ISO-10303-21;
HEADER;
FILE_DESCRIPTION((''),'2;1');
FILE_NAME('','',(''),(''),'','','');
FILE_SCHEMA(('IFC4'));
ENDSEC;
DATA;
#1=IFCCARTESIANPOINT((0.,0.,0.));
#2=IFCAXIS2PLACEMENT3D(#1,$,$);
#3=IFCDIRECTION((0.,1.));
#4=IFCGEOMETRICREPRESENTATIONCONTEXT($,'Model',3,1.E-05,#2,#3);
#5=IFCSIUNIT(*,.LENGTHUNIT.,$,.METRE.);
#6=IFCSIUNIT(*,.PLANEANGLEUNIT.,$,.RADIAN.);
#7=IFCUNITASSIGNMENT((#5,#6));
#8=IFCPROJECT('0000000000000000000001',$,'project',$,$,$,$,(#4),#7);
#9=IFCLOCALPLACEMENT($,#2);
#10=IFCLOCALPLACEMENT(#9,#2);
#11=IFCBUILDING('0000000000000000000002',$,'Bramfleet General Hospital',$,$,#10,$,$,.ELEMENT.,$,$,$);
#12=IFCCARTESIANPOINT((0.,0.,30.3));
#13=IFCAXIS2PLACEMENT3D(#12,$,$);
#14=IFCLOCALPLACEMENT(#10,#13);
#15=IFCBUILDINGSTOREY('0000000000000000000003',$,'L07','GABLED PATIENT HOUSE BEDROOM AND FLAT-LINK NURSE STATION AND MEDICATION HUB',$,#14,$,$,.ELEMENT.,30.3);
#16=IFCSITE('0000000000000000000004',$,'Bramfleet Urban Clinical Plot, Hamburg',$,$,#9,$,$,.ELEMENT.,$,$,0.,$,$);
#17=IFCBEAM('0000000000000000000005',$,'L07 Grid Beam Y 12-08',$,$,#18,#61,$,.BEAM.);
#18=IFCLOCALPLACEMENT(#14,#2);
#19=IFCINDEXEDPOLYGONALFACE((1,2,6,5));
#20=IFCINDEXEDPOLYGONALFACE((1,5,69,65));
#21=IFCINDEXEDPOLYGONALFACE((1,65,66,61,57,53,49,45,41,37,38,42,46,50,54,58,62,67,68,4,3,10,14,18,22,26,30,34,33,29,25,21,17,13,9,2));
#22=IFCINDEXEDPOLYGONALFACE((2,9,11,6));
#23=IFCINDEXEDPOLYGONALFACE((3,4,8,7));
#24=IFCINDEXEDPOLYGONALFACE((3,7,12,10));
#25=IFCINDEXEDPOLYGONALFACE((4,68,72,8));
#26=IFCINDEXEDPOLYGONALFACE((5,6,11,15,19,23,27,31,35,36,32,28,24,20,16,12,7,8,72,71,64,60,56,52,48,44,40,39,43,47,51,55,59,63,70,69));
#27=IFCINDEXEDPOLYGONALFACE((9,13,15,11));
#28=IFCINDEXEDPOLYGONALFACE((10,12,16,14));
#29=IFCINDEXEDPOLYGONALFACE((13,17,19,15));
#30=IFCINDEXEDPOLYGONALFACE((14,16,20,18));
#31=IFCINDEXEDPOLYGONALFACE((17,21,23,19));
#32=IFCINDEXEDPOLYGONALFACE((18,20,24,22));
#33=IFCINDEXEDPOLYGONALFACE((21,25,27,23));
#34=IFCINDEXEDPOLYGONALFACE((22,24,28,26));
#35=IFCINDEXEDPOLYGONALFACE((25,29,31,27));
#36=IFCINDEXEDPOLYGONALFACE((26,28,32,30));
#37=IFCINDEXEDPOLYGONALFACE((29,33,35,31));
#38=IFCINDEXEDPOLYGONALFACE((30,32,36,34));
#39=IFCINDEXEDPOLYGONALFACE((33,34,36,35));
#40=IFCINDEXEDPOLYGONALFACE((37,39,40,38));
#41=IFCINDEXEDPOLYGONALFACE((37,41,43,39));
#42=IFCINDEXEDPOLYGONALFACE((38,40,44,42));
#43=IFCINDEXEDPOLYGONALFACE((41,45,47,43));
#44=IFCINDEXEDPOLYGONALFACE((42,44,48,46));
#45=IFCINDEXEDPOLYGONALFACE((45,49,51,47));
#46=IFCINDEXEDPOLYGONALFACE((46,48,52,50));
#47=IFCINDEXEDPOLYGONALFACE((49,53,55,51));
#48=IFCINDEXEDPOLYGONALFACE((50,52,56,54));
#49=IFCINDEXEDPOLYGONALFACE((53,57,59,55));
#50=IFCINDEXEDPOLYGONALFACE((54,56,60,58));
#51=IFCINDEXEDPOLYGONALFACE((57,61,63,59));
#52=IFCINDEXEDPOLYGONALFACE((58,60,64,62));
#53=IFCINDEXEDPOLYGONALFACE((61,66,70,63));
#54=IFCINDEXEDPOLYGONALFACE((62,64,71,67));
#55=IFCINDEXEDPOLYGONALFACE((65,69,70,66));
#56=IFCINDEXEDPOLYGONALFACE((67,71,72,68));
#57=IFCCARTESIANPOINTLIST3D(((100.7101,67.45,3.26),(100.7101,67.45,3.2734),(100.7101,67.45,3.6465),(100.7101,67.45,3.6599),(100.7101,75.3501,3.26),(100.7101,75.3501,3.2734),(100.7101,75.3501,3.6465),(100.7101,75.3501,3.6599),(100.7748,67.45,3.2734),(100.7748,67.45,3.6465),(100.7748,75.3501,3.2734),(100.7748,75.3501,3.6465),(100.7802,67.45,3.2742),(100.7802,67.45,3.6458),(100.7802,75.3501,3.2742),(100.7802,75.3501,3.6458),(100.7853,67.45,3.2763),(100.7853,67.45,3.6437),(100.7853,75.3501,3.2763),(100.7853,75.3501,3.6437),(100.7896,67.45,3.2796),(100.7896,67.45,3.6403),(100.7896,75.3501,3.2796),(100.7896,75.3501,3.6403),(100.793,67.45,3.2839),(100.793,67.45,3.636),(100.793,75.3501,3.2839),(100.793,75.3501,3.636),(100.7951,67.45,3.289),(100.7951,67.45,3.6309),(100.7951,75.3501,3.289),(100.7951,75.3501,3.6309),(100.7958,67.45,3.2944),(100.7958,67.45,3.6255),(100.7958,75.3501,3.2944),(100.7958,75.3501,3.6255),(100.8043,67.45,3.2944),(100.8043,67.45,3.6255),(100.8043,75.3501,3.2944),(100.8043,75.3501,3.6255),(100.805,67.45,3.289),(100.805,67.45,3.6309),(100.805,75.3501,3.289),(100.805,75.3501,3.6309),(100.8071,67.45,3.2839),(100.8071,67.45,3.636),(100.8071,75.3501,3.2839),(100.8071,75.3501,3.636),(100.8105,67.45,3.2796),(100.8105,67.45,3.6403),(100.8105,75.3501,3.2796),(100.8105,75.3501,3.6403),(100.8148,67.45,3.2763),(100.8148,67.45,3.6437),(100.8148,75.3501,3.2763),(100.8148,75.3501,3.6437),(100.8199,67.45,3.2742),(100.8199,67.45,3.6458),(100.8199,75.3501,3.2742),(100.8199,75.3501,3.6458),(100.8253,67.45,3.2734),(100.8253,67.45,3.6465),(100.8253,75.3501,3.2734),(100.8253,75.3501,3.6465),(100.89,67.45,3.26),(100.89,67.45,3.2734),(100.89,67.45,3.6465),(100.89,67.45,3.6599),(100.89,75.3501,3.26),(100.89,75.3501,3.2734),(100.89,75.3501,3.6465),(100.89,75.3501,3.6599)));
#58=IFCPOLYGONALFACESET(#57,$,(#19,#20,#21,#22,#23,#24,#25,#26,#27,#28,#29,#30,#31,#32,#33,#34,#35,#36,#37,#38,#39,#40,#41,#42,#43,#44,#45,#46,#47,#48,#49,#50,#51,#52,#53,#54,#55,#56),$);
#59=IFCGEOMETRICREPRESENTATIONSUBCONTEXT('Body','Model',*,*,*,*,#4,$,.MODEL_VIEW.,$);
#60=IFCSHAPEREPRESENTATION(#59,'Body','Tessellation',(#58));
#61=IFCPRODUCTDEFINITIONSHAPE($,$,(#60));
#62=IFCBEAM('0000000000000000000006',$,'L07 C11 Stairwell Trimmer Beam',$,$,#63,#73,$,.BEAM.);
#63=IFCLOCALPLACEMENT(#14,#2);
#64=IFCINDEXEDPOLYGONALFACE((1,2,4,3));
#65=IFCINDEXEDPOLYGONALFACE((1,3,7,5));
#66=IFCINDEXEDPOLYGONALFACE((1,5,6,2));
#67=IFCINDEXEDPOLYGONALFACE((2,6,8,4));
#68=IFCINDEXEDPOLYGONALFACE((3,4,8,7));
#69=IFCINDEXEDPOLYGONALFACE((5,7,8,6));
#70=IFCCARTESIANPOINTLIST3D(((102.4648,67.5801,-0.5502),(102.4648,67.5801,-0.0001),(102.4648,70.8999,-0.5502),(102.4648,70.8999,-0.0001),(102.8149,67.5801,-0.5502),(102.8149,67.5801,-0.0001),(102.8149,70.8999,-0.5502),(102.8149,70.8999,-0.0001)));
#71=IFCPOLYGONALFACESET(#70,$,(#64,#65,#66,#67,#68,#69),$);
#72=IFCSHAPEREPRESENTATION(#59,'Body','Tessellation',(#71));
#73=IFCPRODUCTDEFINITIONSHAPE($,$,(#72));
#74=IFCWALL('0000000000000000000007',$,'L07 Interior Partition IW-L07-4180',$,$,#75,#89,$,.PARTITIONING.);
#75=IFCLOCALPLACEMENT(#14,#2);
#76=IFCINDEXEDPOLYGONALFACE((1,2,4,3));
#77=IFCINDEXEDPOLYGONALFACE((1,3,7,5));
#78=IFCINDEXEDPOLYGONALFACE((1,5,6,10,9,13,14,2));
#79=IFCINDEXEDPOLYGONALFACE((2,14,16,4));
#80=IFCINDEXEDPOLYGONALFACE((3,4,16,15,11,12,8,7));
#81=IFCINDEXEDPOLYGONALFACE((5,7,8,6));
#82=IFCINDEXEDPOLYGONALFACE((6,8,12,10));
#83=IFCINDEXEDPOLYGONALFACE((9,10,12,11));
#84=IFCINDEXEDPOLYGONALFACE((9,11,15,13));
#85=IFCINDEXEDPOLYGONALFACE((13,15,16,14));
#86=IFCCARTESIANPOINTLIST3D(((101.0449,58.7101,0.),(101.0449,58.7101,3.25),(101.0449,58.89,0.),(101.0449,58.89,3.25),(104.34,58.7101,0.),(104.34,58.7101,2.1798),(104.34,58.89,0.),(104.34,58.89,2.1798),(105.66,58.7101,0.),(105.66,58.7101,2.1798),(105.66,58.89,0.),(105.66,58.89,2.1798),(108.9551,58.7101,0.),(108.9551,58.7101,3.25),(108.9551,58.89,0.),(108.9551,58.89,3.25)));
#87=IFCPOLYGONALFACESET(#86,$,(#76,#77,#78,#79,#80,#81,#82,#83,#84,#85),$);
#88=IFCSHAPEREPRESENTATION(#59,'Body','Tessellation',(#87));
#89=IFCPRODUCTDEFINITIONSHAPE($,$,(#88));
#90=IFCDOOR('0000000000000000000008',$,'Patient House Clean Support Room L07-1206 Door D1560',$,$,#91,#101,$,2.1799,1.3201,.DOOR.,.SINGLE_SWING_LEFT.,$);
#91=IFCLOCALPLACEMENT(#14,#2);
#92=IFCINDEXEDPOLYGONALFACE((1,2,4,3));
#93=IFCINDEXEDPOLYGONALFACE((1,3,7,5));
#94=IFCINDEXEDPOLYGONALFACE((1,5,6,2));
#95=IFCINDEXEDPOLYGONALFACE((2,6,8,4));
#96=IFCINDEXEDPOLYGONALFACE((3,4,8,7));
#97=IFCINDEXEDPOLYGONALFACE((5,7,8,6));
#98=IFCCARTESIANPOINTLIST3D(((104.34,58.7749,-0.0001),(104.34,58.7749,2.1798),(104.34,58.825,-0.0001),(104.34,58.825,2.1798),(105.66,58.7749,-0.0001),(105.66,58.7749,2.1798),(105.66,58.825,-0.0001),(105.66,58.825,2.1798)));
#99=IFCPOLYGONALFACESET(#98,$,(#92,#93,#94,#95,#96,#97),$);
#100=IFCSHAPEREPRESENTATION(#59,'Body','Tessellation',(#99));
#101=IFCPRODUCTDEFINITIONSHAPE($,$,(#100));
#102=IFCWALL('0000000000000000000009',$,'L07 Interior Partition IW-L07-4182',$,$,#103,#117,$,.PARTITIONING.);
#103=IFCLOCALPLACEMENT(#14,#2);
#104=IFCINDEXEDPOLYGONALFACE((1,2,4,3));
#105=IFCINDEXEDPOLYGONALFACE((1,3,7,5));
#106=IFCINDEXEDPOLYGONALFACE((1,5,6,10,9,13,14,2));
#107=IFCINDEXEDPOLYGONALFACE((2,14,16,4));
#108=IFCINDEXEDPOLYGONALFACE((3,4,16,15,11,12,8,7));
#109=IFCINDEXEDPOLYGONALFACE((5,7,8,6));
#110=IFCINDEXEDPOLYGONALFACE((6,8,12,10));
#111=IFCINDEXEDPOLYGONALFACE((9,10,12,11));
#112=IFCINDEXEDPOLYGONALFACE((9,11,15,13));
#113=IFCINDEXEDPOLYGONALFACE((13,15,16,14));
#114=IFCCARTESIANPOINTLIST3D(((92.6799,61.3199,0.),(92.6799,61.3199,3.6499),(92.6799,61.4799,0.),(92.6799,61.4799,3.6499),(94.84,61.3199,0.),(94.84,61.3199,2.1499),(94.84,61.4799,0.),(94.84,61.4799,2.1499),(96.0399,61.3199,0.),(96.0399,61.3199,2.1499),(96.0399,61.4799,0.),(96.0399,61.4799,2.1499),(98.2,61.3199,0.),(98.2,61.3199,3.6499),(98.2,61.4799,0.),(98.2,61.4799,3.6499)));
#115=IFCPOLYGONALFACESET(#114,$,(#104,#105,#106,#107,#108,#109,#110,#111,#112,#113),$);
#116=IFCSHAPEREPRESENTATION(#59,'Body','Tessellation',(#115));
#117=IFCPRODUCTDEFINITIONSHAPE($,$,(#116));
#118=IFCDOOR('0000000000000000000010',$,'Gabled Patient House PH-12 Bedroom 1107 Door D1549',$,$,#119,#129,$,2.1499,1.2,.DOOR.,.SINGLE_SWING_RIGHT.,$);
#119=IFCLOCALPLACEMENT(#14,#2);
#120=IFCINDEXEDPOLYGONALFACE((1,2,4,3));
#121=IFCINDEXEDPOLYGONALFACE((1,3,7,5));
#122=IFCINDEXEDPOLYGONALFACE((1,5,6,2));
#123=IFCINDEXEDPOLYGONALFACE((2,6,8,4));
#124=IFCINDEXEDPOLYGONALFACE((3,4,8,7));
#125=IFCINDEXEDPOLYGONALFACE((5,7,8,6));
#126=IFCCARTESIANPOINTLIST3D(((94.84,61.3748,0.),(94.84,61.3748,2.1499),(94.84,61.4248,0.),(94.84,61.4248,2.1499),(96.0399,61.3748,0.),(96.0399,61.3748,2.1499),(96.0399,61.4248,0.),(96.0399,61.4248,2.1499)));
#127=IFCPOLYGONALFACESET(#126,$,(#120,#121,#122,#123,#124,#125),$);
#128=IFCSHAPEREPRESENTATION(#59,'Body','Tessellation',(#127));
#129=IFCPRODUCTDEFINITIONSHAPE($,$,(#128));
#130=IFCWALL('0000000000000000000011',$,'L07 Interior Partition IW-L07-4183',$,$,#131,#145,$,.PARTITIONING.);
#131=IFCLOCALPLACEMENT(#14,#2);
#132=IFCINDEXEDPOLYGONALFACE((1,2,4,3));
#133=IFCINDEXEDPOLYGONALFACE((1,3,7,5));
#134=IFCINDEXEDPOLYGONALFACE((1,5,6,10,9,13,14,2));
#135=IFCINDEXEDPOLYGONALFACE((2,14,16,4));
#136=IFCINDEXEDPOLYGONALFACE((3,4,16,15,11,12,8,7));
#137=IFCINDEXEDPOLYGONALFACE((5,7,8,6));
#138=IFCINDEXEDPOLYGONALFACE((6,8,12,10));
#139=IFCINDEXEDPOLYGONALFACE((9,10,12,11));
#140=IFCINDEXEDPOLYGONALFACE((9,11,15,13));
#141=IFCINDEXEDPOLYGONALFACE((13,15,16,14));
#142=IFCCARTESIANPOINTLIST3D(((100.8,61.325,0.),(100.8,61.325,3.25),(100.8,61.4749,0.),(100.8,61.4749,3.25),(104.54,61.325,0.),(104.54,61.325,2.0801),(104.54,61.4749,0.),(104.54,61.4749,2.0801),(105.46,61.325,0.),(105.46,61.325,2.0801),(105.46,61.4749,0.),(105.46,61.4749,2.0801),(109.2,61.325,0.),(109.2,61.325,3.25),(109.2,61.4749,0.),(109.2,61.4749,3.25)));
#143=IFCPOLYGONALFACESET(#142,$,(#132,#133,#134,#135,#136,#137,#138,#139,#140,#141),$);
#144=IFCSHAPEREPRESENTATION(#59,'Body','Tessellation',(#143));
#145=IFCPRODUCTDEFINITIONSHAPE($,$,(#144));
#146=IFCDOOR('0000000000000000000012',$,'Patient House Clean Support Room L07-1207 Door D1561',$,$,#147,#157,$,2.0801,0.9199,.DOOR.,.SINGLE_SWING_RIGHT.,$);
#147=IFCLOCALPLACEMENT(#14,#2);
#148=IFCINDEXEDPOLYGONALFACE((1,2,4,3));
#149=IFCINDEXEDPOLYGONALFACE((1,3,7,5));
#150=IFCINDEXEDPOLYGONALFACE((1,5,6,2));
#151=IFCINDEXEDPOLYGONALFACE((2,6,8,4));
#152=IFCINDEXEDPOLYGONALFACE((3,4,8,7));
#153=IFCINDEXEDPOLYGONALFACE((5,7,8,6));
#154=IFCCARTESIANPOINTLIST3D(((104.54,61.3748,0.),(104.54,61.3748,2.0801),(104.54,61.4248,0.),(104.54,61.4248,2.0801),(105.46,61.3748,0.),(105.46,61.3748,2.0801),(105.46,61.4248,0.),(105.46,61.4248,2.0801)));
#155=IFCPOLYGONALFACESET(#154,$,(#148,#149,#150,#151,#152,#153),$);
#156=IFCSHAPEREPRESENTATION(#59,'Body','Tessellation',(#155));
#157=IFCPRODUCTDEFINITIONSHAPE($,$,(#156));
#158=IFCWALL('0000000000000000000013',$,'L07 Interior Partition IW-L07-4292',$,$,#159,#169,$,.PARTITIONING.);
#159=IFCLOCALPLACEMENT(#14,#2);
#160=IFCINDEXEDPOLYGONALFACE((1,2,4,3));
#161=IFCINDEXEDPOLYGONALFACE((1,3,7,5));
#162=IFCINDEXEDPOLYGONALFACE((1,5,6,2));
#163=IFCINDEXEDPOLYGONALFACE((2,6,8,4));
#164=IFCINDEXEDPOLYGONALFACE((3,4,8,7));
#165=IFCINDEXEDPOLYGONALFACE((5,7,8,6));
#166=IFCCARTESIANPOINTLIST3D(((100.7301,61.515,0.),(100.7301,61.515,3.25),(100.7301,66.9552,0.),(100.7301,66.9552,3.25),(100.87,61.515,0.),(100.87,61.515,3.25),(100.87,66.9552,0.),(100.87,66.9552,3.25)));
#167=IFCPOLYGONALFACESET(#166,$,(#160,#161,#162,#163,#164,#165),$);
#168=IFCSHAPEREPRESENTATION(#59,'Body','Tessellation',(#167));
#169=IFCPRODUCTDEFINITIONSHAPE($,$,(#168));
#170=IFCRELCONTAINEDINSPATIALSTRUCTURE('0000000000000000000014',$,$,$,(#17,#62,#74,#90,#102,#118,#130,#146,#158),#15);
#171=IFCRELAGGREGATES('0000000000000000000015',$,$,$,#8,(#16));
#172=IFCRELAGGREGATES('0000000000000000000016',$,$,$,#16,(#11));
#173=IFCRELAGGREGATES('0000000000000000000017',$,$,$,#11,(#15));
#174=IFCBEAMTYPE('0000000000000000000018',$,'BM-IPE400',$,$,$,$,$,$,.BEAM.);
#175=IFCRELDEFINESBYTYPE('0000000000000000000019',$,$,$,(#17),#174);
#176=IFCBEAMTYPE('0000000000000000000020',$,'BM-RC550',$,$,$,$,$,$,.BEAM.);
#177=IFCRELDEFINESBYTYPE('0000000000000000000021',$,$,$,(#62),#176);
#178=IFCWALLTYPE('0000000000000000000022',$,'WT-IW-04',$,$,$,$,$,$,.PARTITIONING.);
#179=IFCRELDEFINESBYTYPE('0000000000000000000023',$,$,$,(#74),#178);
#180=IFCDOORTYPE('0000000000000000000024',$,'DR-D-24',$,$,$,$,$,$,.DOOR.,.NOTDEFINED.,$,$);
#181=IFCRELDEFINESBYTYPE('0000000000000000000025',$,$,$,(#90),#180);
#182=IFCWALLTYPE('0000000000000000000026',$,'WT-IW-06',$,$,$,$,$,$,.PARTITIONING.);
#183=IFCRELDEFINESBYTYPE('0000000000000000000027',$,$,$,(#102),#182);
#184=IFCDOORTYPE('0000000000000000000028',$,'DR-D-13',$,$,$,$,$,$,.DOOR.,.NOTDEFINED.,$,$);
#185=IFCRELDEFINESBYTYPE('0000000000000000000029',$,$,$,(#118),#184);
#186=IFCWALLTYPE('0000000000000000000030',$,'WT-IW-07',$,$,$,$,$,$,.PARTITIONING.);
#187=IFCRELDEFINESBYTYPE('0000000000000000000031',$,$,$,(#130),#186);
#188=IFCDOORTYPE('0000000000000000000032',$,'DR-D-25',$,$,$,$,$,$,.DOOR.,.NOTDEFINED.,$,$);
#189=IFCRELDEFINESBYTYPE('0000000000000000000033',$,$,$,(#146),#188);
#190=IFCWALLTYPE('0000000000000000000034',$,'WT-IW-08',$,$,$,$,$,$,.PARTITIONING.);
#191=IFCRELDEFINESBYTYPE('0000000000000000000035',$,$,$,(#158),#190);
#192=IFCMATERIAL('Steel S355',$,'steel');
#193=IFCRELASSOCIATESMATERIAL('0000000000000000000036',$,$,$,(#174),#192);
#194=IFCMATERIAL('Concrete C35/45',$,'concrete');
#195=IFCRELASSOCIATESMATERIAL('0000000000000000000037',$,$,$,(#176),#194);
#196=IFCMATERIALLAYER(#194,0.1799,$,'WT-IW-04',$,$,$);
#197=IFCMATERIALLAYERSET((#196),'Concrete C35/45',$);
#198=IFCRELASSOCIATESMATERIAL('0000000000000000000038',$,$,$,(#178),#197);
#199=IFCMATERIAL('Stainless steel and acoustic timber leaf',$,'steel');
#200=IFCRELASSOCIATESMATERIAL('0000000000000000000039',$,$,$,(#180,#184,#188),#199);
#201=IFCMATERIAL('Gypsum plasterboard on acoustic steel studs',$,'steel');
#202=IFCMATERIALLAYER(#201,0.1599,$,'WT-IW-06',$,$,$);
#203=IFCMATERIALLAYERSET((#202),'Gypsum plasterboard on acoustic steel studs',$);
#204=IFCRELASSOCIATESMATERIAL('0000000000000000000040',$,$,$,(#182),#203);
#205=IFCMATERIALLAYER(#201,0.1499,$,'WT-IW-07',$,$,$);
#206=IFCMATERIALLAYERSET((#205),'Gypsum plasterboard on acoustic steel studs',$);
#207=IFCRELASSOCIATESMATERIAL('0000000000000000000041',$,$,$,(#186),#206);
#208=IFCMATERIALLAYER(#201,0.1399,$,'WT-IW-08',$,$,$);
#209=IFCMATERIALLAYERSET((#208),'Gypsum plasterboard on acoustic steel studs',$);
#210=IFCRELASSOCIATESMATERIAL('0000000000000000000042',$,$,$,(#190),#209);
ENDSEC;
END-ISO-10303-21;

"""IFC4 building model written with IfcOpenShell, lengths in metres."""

from ifc_helpers import new_model, si_unit, direction, frame, frame_2d, origin, origin_2d, place, context, subcontext, project, spatial, rectangle, i_section, extrude, material, layer, layer_set, material_profile, profile_set, type_object, element, fill, save


model = new_model("IFC4")

# Units and contexts
model_context = context("Model", 3, precision=1e-05, world=origin(), true_north=direction((0.0, 1.0)))
body_context = subcontext(model_context, "Body", "Model", "MODEL_VIEW")
ifc_project = project(units=[si_unit("LENGTHUNIT", "METRE"), si_unit("PLANEANGLEUNIT", "RADIAN")], contexts=[model_context])

# Site, building, storey
site_placement = place(None, origin())
site = spatial("IfcSite", under=ifc_project, at=site_placement, Name="Bramfleet Urban Clinical Plot, Hamburg", CompositionType="ELEMENT", RefElevation=0.0)
building_placement = place(site_placement, origin())
building = spatial("IfcBuilding", under=site, at=building_placement, Name="Bramfleet General Hospital", CompositionType="ELEMENT")
storey_placement = place(building_placement, frame((0.0, 0.0, 30.3)))
storey = spatial("IfcBuildingStorey", under=building, at=storey_placement, Name="L07", Description="GABLED PATIENT HOUSE BEDROOM AND FLAT-LINK NURSE STATION AND MEDICATION HUB", CompositionType="ELEMENT", Elevation=30.3)

# Beams
ifc_material_1 = material(Name="Steel S355", Category="steel")
ifc_material_profile_1 = material_profile(ifc_material_1, i_section(OverallWidth=0.1799, OverallDepth=0.3999, WebThickness=0.0085, FlangeThickness=0.0134, FilletRadius=0.021, at=origin_2d()), Name="IPE 400")
ifc_profile_set_1 = profile_set([ifc_material_profile_1], Name="Steel S355")
beam_type_1 = type_object("IfcBeamType", Name="BM-IPE400", PredefinedType="BEAM", material=ifc_profile_set_1)
beam_1_placement = place(storey_placement, frame((100.8, 67.45, 3.46), z_axis=(0.0, 1.0, 0.0), x_axis=(-1.0, 0.0, 0.0)))
element("IfcBeam", 1, at=beam_1_placement, inside=storey, type_object=beam_type_1, Name="L07 Grid Beam Y 12-08", PredefinedType="BEAM", context=body_context, shape_type="SweptSolid", body=[
    extrude(i_section(OverallWidth=0.1799, OverallDepth=0.3999, WebThickness=0.0085, FlangeThickness=0.0134, FilletRadius=0.021, at=origin_2d()), origin(), (0.0, 0.0, 1.0), 7.9001),
])
ifc_material_2 = material(Name="Concrete C35/45", Category="concrete")
ifc_material_profile_2 = material_profile(ifc_material_2, rectangle(XDim=0.3501, YDim=0.55, at=origin_2d()), Name="RC BM 550x350")
ifc_profile_set_2 = profile_set([ifc_material_profile_2], Name="Concrete C35/45")
beam_type_2 = type_object("IfcBeamType", Name="BM-RC550", PredefinedType="BEAM", material=ifc_profile_set_2)
beam_2_placement = place(storey_placement, frame((102.6399, 67.5801, -0.2751), z_axis=(0.0, 1.0, 0.0), x_axis=(-1.0, 0.0, 0.0)))
element("IfcBeam", 2, at=beam_2_placement, inside=storey, type_object=beam_type_2, Name="L07 C11 Stairwell Trimmer Beam", PredefinedType="BEAM", context=body_context, shape_type="SweptSolid", body=[
    extrude(rectangle(XDim=0.3501, YDim=0.55, at=origin_2d()), origin(), (0.0, 0.0, 1.0), 3.3198),
])

# Walls, openings, doors
ifc_layer_1 = layer(ifc_material_2, 0.1799, Name="WT-IW-04")
ifc_layer_set_1 = layer_set([ifc_layer_1], Name="Concrete C35/45")
wall_type_1 = type_object("IfcWallType", Name="WT-IW-04", PredefinedType="PARTITIONING", material=ifc_layer_set_1)
wall_1_placement = place(storey_placement, frame((101.0449, 58.8, 0.0), z_axis=(0.0, 0.0, 1.0), x_axis=(1.0, 0.0, 0.0)))
wall_1 = element("IfcWall", 3, at=wall_1_placement, inside=storey, type_object=wall_type_1, Name="L07 Interior Partition IW-L07-4180", PredefinedType="PARTITIONING", context=body_context, shape_type="SweptSolid", body=[
    extrude(rectangle(XDim=7.9102, YDim=0.1799, at=frame_2d((3.9551, 0.0))), origin(), (0.0, 0.0, 1.0), 3.25),
])
opening_1_placement = place(wall_1_placement, frame((3.2949, 0.0, 0.0)))
opening_1 = element("IfcOpeningElement", 4, at=opening_1_placement, cuts=wall_1, PredefinedType="OPENING", context=body_context, shape_type="SweptSolid", body=[
    extrude(rectangle(XDim=1.3201, YDim=2.1799, at=frame_2d((0.6602, 1.0898))), frame((0.0, 0.0999, 0.0), z_axis=(0.0, -1.0, 0.0), x_axis=(1.0, 0.0, 0.0)), (0.0, 0.0, 1.0), 0.2),
])
ifc_material_3 = material(Name="Stainless steel and acoustic timber leaf", Category="steel")
door_type_1 = type_object("IfcDoorType", Name="DR-D-24", OperationType="NOTDEFINED", PredefinedType="DOOR", material=ifc_material_3)
door_1_placement = place(opening_1_placement, origin())
door_1 = element("IfcDoor", 5, at=door_1_placement, inside=storey, type_object=door_type_1, Name="Patient House Clean Support Room L07-1206 Door D1560", OperationType="SINGLE_SWING_LEFT", OverallHeight=2.1799, OverallWidth=1.3201, PredefinedType="DOOR", context=body_context, shape_type="SweptSolid", body=[
    extrude(rectangle(XDim=1.3201, YDim=2.1799, at=frame_2d((0.6602, 1.0898))), frame((0.0, 0.0249, 0.0), z_axis=(0.0, -1.0, 0.0), x_axis=(1.0, 0.0, 0.0)), (0.0, 0.0, 1.0), 0.05),
])
fill(opening_1, door_1)
ifc_material_4 = material(Name="Gypsum plasterboard on acoustic steel studs", Category="steel")
ifc_layer_2 = layer(ifc_material_4, 0.1599, Name="WT-IW-06")
ifc_layer_set_2 = layer_set([ifc_layer_2], Name="Gypsum plasterboard on acoustic steel studs")
wall_type_2 = type_object("IfcWallType", Name="WT-IW-06", PredefinedType="PARTITIONING", material=ifc_layer_set_2)
wall_2_placement = place(storey_placement, frame((92.6799, 61.3999, 0.0), z_axis=(0.0, 0.0, 1.0), x_axis=(1.0, 0.0, 0.0)))
wall_2 = element("IfcWall", 6, at=wall_2_placement, inside=storey, type_object=wall_type_2, Name="L07 Interior Partition IW-L07-4182", PredefinedType="PARTITIONING", context=body_context, shape_type="SweptSolid", body=[
    extrude(rectangle(XDim=5.52, YDim=0.1599, at=frame_2d((2.76, 0.0))), origin(), (0.0, 0.0, 1.0), 3.6499),
])
opening_2_placement = place(wall_2_placement, frame((2.1599, 0.0, 0.0)))
opening_2 = element("IfcOpeningElement", 7, at=opening_2_placement, cuts=wall_2, PredefinedType="OPENING", context=body_context, shape_type="SweptSolid", body=[
    extrude(rectangle(XDim=1.2, YDim=2.1499, at=frame_2d((0.6001, 1.075))), frame((0.0, 0.0898, 0.0), z_axis=(0.0, -1.0, 0.0), x_axis=(1.0, 0.0, 0.0)), (0.0, 0.0, 1.0), 0.1799),
])
door_type_2 = type_object("IfcDoorType", Name="DR-D-13", OperationType="NOTDEFINED", PredefinedType="DOOR", material=ifc_material_3)
door_2_placement = place(opening_2_placement, origin())
door_2 = element("IfcDoor", 8, at=door_2_placement, inside=storey, type_object=door_type_2, Name="Gabled Patient House PH-12 Bedroom 1107 Door D1549", OperationType="SINGLE_SWING_RIGHT", OverallHeight=2.1499, OverallWidth=1.2, PredefinedType="DOOR", context=body_context, shape_type="SweptSolid", body=[
    extrude(rectangle(XDim=1.2, YDim=2.1499, at=frame_2d((0.6001, 1.075))), frame((0.0, 0.0249, 0.0), z_axis=(0.0, -1.0, 0.0), x_axis=(1.0, 0.0, 0.0)), (0.0, 0.0, 1.0), 0.05),
])
fill(opening_2, door_2)
ifc_layer_3 = layer(ifc_material_4, 0.1499, Name="WT-IW-07")
ifc_layer_set_3 = layer_set([ifc_layer_3], Name="Gypsum plasterboard on acoustic steel studs")
wall_type_3 = type_object("IfcWallType", Name="WT-IW-07", PredefinedType="PARTITIONING", material=ifc_layer_set_3)
wall_3_placement = place(storey_placement, frame((100.8, 61.3999, 0.0), z_axis=(0.0, 0.0, 1.0), x_axis=(1.0, 0.0, 0.0)))
wall_3 = element("IfcWall", 9, at=wall_3_placement, inside=storey, type_object=wall_type_3, Name="L07 Interior Partition IW-L07-4183", PredefinedType="PARTITIONING", context=body_context, shape_type="SweptSolid", body=[
    extrude(rectangle(XDim=8.3999, YDim=0.1499, at=frame_2d((4.2, 0.0))), origin(), (0.0, 0.0, 1.0), 3.25),
])
opening_3_placement = place(wall_3_placement, frame((3.74, 0.0, 0.0)))
opening_3 = element("IfcOpeningElement", 10, at=opening_3_placement, cuts=wall_3, PredefinedType="OPENING", context=body_context, shape_type="SweptSolid", body=[
    extrude(rectangle(XDim=0.9199, YDim=2.0801, at=frame_2d((0.46, 1.04))), frame((0.0, 0.085, 0.0), z_axis=(0.0, -1.0, 0.0), x_axis=(1.0, 0.0, 0.0)), (0.0, 0.0, 1.0), 0.1699),
])
door_type_3 = type_object("IfcDoorType", Name="DR-D-25", OperationType="NOTDEFINED", PredefinedType="DOOR", material=ifc_material_3)
door_3_placement = place(opening_3_placement, origin())
door_3 = element("IfcDoor", 11, at=door_3_placement, inside=storey, type_object=door_type_3, Name="Patient House Clean Support Room L07-1207 Door D1561", OperationType="SINGLE_SWING_RIGHT", OverallHeight=2.0801, OverallWidth=0.9199, PredefinedType="DOOR", context=body_context, shape_type="SweptSolid", body=[
    extrude(rectangle(XDim=0.9199, YDim=2.0801, at=frame_2d((0.46, 1.04))), frame((0.0, 0.0249, 0.0), z_axis=(0.0, -1.0, 0.0), x_axis=(1.0, 0.0, 0.0)), (0.0, 0.0, 1.0), 0.05),
])
fill(opening_3, door_3)

# Wall
ifc_layer_4 = layer(ifc_material_4, 0.1399, Name="WT-IW-08")
ifc_layer_set_4 = layer_set([ifc_layer_4], Name="Gypsum plasterboard on acoustic steel studs")
wall_type_4 = type_object("IfcWallType", Name="WT-IW-08", PredefinedType="PARTITIONING", material=ifc_layer_set_4)
wall_4_placement = place(storey_placement, frame((100.8, 61.5149, 0.0), z_axis=(0.0, 0.0, 1.0), x_axis=(0.0, 1.0, 0.0)))
element("IfcWall", 12, at=wall_4_placement, inside=storey, type_object=wall_type_4, Name="L07 Interior Partition IW-L07-4292", PredefinedType="PARTITIONING", context=body_context, shape_type="SweptSolid", body=[
    extrude(rectangle(XDim=5.4402, YDim=0.1399, at=frame_2d((2.7202, 0.0))), origin(), (0.0, 0.0, 1.0), 3.25),
])

save(model, "model.ifc")
